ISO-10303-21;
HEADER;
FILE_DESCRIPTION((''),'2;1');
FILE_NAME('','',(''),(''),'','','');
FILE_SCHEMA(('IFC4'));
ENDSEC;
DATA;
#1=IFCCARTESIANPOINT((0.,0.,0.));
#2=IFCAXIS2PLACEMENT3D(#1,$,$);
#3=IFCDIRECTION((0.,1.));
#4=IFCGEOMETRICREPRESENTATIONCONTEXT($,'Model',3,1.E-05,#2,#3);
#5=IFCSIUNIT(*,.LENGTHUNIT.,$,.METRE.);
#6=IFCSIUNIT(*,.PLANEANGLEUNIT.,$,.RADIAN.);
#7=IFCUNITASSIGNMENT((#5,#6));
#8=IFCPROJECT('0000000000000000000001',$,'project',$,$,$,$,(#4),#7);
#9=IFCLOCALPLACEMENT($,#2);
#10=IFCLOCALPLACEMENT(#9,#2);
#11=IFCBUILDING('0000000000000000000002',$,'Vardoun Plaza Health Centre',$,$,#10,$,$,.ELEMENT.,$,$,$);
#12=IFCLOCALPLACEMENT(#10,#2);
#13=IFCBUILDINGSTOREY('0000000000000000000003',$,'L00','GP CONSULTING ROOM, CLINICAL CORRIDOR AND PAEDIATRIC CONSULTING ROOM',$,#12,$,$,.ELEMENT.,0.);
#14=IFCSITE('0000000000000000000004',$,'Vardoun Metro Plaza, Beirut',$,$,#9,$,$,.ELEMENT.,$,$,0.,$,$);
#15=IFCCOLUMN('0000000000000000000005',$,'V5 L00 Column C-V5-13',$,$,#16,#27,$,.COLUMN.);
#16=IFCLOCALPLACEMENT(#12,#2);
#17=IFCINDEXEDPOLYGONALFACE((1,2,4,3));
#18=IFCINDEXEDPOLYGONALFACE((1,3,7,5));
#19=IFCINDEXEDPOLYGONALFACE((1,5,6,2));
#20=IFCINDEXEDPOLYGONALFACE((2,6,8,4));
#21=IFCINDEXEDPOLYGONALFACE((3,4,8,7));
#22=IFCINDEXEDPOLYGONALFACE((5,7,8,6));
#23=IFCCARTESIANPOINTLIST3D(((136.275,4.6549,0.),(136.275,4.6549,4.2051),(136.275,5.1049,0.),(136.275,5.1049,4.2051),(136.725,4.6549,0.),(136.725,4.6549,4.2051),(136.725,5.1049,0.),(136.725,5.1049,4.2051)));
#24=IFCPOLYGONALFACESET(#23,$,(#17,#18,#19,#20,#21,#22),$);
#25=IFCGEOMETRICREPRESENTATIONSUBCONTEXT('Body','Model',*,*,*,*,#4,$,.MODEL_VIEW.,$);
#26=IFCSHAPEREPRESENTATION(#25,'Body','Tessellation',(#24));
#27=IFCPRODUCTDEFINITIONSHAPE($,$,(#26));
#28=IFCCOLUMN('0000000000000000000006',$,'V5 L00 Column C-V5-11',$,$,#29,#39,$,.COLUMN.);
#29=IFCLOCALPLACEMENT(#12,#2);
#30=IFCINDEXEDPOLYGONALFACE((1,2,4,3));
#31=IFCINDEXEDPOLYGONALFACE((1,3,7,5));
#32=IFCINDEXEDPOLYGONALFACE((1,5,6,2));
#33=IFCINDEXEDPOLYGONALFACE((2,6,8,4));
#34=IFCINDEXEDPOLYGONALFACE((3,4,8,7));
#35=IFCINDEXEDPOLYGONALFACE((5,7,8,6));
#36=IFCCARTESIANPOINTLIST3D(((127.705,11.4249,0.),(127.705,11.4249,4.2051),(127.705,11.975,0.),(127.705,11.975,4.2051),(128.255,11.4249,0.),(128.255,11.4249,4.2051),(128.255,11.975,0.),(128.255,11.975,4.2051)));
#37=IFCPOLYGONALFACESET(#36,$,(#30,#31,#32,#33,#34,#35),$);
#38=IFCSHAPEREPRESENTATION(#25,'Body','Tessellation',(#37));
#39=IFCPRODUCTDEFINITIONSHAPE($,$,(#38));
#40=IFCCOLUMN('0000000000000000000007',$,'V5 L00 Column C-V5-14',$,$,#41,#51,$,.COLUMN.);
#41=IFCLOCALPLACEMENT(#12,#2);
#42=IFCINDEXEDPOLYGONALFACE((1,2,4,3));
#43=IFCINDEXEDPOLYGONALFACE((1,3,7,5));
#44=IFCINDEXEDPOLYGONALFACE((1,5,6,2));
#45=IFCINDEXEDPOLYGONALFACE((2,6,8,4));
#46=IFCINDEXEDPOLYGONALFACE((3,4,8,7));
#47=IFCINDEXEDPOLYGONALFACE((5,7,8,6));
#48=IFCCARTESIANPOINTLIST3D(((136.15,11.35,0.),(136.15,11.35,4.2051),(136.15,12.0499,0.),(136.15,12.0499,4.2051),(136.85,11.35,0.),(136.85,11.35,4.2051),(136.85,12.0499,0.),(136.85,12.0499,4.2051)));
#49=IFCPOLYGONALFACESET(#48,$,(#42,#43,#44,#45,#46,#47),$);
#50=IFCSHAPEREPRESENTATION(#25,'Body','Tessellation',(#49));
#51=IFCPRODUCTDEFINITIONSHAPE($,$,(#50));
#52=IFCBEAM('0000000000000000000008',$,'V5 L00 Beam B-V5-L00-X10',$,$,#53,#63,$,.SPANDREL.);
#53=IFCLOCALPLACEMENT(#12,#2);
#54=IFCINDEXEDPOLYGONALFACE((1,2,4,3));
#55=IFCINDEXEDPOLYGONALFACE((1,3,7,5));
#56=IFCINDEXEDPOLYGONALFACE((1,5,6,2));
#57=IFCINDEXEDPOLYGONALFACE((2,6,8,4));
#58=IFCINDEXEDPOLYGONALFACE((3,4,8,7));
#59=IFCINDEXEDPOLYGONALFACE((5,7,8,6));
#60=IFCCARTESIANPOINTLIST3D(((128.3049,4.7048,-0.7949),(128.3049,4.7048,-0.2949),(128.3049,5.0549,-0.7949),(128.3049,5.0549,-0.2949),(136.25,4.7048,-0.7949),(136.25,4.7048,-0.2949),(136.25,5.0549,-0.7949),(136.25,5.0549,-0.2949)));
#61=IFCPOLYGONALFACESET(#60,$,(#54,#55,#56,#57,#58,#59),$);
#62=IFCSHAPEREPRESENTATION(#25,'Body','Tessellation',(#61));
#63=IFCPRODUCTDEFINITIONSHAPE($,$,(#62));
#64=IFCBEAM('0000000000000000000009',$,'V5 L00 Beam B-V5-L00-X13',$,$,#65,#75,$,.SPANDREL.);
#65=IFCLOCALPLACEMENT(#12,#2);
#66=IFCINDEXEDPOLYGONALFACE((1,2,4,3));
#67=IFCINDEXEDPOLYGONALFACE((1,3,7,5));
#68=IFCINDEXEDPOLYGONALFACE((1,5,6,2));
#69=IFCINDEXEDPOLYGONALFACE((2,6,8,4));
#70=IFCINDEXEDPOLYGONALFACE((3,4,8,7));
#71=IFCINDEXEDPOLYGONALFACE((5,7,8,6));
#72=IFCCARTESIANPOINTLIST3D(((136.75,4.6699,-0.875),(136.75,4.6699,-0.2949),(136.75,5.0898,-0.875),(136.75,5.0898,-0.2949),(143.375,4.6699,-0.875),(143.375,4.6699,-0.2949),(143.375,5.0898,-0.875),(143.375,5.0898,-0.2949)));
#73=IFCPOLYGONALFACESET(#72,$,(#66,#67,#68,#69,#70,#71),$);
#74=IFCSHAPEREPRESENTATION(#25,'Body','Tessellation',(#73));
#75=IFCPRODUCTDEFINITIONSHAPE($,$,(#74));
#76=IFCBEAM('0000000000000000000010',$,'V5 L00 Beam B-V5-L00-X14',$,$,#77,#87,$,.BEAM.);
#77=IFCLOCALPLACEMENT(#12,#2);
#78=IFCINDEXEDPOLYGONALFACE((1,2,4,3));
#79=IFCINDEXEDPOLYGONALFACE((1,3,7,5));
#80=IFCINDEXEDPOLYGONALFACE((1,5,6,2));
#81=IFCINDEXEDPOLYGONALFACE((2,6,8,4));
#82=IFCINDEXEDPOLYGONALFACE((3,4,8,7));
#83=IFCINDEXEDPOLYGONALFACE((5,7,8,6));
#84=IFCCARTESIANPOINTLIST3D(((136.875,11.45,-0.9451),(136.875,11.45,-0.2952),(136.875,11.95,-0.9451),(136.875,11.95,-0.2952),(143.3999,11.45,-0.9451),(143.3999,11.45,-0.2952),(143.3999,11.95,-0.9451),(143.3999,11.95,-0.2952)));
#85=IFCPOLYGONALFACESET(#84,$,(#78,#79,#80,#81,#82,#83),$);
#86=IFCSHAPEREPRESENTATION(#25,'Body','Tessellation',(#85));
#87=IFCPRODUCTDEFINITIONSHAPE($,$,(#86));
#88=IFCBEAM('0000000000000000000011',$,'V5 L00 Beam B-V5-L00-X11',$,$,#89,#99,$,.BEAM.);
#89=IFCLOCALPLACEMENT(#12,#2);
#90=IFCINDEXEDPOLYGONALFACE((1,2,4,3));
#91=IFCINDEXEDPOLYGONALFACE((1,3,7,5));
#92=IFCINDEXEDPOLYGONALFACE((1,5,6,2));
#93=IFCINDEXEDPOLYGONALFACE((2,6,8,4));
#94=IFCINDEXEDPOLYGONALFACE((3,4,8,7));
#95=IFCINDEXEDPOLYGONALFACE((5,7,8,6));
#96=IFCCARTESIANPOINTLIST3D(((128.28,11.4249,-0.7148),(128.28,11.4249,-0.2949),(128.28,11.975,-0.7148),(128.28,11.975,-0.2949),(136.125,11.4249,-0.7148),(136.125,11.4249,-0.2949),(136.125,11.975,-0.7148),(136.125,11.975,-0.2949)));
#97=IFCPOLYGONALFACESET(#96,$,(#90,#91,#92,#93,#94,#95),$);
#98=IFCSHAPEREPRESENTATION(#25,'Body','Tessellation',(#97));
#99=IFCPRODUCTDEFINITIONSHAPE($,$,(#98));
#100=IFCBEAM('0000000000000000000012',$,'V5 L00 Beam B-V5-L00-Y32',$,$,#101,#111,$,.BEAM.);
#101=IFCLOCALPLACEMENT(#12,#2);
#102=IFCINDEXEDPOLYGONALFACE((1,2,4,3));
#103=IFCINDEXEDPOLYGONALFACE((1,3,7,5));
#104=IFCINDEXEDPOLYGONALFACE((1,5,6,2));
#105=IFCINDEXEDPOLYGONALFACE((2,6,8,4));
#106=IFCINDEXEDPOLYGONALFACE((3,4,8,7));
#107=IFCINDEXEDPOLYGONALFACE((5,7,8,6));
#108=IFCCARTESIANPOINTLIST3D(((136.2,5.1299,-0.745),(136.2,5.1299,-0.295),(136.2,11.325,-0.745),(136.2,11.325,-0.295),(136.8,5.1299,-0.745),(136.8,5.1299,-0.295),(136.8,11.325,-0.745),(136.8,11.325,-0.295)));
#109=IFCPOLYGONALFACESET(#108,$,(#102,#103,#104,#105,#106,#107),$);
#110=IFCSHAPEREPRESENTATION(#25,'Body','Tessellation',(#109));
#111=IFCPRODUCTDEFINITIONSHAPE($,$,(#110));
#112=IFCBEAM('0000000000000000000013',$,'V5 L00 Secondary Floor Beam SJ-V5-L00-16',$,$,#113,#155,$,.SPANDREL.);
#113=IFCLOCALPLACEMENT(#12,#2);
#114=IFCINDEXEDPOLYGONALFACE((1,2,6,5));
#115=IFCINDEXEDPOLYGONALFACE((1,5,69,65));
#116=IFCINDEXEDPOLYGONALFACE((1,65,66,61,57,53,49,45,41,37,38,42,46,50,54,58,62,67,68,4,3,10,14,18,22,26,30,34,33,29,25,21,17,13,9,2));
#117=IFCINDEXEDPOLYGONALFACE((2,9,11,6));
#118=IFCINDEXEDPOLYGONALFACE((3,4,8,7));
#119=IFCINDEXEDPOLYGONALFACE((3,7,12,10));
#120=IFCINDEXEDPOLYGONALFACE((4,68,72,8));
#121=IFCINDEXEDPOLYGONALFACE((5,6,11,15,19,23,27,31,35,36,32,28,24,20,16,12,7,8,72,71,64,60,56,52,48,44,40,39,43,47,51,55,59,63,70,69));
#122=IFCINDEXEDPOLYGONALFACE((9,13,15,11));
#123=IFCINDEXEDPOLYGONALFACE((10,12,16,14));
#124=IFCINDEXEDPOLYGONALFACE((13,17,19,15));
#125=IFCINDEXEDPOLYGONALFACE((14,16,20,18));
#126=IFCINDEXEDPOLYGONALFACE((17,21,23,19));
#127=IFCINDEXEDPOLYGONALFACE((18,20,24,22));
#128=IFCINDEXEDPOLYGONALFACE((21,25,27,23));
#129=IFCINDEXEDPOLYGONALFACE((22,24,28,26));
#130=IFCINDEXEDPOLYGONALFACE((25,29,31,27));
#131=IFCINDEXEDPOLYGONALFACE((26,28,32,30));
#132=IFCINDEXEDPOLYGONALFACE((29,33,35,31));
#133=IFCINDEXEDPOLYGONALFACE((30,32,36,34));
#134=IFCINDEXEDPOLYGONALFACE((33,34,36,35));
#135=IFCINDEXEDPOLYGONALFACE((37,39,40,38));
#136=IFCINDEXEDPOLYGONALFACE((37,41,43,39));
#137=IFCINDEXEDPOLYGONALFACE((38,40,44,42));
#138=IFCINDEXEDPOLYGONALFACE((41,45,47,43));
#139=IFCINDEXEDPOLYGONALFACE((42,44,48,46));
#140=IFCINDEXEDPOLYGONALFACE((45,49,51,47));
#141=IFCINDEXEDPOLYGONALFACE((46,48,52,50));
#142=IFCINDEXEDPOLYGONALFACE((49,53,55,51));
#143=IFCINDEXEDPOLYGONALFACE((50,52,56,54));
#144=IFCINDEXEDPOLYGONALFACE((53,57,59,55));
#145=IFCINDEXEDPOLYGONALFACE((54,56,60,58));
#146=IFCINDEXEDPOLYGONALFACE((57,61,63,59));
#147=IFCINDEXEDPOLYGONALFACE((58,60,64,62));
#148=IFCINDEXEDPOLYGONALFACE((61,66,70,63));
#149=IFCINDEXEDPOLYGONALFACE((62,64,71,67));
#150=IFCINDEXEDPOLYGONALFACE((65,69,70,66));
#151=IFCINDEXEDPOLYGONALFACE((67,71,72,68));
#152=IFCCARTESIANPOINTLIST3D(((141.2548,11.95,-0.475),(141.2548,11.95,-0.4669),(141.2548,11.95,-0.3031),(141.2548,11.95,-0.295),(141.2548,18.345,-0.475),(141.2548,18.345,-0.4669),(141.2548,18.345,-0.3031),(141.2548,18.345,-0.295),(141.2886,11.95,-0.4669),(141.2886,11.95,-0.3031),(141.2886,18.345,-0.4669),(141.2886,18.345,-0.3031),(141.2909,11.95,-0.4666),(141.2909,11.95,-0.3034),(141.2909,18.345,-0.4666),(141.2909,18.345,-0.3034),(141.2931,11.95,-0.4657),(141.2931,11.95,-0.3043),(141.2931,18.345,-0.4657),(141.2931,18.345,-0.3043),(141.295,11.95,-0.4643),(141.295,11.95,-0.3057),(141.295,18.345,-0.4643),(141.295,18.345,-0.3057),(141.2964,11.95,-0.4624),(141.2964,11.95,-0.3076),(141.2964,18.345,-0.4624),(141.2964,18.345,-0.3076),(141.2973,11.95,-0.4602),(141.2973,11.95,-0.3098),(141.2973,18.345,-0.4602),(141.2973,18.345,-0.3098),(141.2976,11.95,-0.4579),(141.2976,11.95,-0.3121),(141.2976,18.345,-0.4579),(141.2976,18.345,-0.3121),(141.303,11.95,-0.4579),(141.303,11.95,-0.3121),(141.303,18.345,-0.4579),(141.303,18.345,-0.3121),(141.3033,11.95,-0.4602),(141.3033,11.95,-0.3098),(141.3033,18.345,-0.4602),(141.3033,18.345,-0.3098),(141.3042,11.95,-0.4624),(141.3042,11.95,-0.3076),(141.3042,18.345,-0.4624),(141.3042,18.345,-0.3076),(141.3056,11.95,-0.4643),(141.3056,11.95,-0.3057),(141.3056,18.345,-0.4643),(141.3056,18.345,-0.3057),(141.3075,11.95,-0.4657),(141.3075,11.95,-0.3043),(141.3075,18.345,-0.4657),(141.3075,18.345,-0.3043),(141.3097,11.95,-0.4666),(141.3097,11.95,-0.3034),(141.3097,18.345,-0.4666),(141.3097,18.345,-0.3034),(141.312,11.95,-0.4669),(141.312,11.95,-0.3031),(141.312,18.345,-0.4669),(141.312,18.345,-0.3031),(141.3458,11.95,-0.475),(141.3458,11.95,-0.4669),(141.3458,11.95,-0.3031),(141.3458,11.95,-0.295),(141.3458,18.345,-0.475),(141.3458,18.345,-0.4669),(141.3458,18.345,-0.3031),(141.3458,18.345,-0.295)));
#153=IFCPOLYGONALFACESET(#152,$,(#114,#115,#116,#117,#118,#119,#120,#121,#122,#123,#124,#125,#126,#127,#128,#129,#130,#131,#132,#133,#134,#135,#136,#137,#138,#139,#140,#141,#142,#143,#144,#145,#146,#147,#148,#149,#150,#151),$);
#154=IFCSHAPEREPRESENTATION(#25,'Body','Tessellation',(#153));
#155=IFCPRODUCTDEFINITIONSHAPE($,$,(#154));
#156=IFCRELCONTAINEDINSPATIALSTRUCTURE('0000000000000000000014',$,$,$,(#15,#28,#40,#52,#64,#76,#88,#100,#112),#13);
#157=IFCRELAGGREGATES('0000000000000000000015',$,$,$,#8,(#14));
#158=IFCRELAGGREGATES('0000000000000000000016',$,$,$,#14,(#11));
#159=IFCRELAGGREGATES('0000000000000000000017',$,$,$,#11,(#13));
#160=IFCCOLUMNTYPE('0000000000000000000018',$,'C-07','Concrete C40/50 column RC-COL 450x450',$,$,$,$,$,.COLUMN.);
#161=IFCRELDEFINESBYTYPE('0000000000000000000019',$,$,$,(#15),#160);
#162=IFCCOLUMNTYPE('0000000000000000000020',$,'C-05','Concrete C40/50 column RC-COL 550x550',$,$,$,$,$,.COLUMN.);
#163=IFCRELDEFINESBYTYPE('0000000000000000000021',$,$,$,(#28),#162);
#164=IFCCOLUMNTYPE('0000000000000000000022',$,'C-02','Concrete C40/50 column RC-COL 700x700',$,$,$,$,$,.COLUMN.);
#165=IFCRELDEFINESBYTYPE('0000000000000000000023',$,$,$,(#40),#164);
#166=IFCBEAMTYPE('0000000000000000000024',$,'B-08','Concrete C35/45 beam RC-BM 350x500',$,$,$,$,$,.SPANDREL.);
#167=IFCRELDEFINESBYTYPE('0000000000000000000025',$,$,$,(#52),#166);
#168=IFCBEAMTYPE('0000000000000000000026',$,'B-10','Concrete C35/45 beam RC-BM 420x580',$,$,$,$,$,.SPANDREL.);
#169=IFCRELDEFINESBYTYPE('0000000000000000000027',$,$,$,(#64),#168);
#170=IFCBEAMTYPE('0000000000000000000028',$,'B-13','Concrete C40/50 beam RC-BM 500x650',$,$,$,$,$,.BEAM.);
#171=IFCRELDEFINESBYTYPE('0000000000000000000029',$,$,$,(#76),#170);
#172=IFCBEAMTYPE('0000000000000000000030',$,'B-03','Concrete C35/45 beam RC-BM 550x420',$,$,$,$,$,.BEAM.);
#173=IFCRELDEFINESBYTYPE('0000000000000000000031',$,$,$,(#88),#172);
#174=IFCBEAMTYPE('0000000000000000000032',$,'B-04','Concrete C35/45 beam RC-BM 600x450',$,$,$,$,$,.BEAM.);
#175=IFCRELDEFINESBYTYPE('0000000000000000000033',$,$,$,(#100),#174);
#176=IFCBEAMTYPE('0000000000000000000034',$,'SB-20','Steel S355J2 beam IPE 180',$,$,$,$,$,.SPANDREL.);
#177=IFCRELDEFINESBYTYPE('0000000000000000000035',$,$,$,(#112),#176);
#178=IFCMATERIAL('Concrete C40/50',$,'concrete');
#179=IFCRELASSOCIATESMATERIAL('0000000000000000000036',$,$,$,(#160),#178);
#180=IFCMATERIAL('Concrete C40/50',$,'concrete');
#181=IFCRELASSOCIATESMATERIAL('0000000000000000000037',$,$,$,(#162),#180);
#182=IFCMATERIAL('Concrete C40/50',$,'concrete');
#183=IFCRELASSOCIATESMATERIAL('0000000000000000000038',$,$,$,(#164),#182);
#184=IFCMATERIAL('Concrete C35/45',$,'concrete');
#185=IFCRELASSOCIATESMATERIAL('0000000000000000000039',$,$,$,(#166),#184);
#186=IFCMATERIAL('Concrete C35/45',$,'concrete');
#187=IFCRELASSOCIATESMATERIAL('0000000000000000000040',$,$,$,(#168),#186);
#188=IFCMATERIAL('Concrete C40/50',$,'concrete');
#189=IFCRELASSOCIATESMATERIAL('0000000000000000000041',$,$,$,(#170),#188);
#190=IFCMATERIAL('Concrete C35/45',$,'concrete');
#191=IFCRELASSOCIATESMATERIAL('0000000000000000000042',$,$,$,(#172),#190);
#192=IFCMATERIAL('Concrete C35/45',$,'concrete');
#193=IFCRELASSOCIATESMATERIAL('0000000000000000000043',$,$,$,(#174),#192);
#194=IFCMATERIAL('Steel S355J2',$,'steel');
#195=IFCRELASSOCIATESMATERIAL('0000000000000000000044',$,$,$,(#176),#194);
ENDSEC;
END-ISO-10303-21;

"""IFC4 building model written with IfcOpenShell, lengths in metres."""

from ifc_helpers import new_model, si_unit, direction, frame, origin, origin_2d, place, context, subcontext, project, spatial, rectangle, i_section, extrude, material, material_profile, profile_set, type_object, element, save


model = new_model("IFC4")

# Units and contexts
model_context = context("Model", 3, precision=1e-05, world=origin(), true_north=direction((0.0, 1.0)))
body_context = subcontext(model_context, "Body", "Model", "MODEL_VIEW")
ifc_project = project(units=[si_unit("LENGTHUNIT", "METRE"), si_unit("PLANEANGLEUNIT", "RADIAN")], contexts=[model_context])

# Site, building, storey
site_placement = place(None, origin())
site = spatial("IfcSite", under=ifc_project, at=site_placement, Name="Vardoun Metro Plaza, Beirut", CompositionType="ELEMENT", RefElevation=0.0)
building_placement = place(site_placement, origin())
building = spatial("IfcBuilding", under=site, at=building_placement, Name="Vardoun Plaza Health Centre", CompositionType="ELEMENT")
storey_placement = place(building_placement, origin())
storey = spatial("IfcBuildingStorey", under=building, at=storey_placement, Name="L00", Description="GP CONSULTING ROOM, CLINICAL CORRIDOR AND PAEDIATRIC CONSULTING ROOM", CompositionType="ELEMENT", Elevation=0.0)

# Columns
ifc_material_1 = material(Name="Concrete C40/50", Category="concrete")
ifc_material_profile_1 = material_profile(ifc_material_1, rectangle(XDim=0.45, YDim=0.45, at=origin_2d()), Name="RC-COL 450x450")
ifc_profile_set_1 = profile_set([ifc_material_profile_1], Name="Concrete C40/50")
column_type_1 = type_object("IfcColumnType", Name="C-07", Description="Concrete C40/50 column RC-COL 450x450", PredefinedType="COLUMN", material=ifc_profile_set_1)
column_1_placement = place(storey_placement, frame((136.5, 4.8799, 0.0), z_axis=(0.0, 0.0, 1.0), x_axis=(1.0, 0.0, 0.0)))
element("IfcColumn", 1, at=column_1_placement, inside=storey, type_object=column_type_1, Name="V5 L00 Column C-V5-13", PredefinedType="COLUMN", context=body_context, shape_type="SweptSolid", body=[
    extrude(rectangle(XDim=0.45, YDim=0.45, at=origin_2d()), origin(), (0.0, 0.0, 1.0), 4.2051),
])
ifc_material_2 = material(Name="Concrete C40/50", Category="concrete")
ifc_material_profile_2 = material_profile(ifc_material_2, rectangle(XDim=0.55, YDim=0.55, at=origin_2d()), Name="RC-COL 550x550")
ifc_profile_set_2 = profile_set([ifc_material_profile_2], Name="Concrete C40/50")
column_type_2 = type_object("IfcColumnType", Name="C-05", Description="Concrete C40/50 column RC-COL 550x550", PredefinedType="COLUMN", material=ifc_profile_set_2)
column_2_placement = place(storey_placement, frame((127.98, 11.7, 0.0), z_axis=(0.0, 0.0, 1.0), x_axis=(1.0, 0.0, 0.0)))
element("IfcColumn", 2, at=column_2_placement, inside=storey, type_object=column_type_2, Name="V5 L00 Column C-V5-11", PredefinedType="COLUMN", context=body_context, shape_type="SweptSolid", body=[
    extrude(rectangle(XDim=0.55, YDim=0.55, at=origin_2d()), origin(), (0.0, 0.0, 1.0), 4.2051),
])
ifc_material_3 = material(Name="Concrete C40/50", Category="concrete")
ifc_material_profile_3 = material_profile(ifc_material_3, rectangle(XDim=0.7, YDim=0.7, at=origin_2d()), Name="RC-COL 700x700")
ifc_profile_set_3 = profile_set([ifc_material_profile_3], Name="Concrete C40/50")
column_type_3 = type_object("IfcColumnType", Name="C-02", Description="Concrete C40/50 column RC-COL 700x700", PredefinedType="COLUMN", material=ifc_profile_set_3)
column_3_placement = place(storey_placement, frame((136.5, 11.7, 0.0), z_axis=(0.0, 0.0, 1.0), x_axis=(1.0, 0.0, 0.0)))
element("IfcColumn", 3, at=column_3_placement, inside=storey, type_object=column_type_3, Name="V5 L00 Column C-V5-14", PredefinedType="COLUMN", context=body_context, shape_type="SweptSolid", body=[
    extrude(rectangle(XDim=0.7, YDim=0.7, at=origin_2d()), origin(), (0.0, 0.0, 1.0), 4.2051),
])

# Beams
ifc_material_4 = material(Name="Concrete C35/45", Category="concrete")
ifc_material_profile_4 = material_profile(ifc_material_4, rectangle(XDim=0.3501, YDim=0.5, at=origin_2d()), Name="RC-BM 350x500")
ifc_profile_set_4 = profile_set([ifc_material_profile_4], Name="Concrete C35/45")
beam_type_1 = type_object("IfcBeamType", Name="B-08", Description="Concrete C35/45 beam RC-BM 350x500", PredefinedType="SPANDREL", material=ifc_profile_set_4)
beam_1_placement = place(storey_placement, frame((128.3049, 4.8799, -0.5449), z_axis=(1.0, 0.0, 0.0), x_axis=(0.0, 1.0, 0.0)))
element("IfcBeam", 4, at=beam_1_placement, inside=storey, type_object=beam_type_1, Name="V5 L00 Beam B-V5-L00-X10", PredefinedType="SPANDREL", context=body_context, shape_type="SweptSolid", body=[
    extrude(rectangle(XDim=0.3501, YDim=0.5, at=origin_2d()), origin(), (0.0, 0.0, 1.0), 7.9451),
])
ifc_material_5 = material(Name="Concrete C35/45", Category="concrete")
ifc_material_profile_5 = material_profile(ifc_material_5, rectangle(XDim=0.4199, YDim=0.5801, at=origin_2d()), Name="RC-BM 420x580")
ifc_profile_set_5 = profile_set([ifc_material_profile_5], Name="Concrete C35/45")
beam_type_2 = type_object("IfcBeamType", Name="B-10", Description="Concrete C35/45 beam RC-BM 420x580", PredefinedType="SPANDREL", material=ifc_profile_set_5)
beam_2_placement = place(storey_placement, frame((136.75, 4.8799, -0.585), z_axis=(1.0, 0.0, 0.0), x_axis=(0.0, 1.0, 0.0)))
element("IfcBeam", 5, at=beam_2_placement, inside=storey, type_object=beam_type_2, Name="V5 L00 Beam B-V5-L00-X13", PredefinedType="SPANDREL", context=body_context, shape_type="SweptSolid", body=[
    extrude(rectangle(XDim=0.4199, YDim=0.5801, at=origin_2d()), origin(), (0.0, 0.0, 1.0), 6.625),
])
ifc_material_6 = material(Name="Concrete C40/50", Category="concrete")
ifc_material_profile_6 = material_profile(ifc_material_6, rectangle(XDim=0.5, YDim=0.6499, at=origin_2d()), Name="RC-BM 500x650")
ifc_profile_set_6 = profile_set([ifc_material_profile_6], Name="Concrete C40/50")
beam_type_3 = type_object("IfcBeamType", Name="B-13", Description="Concrete C40/50 beam RC-BM 500x650", PredefinedType="BEAM", material=ifc_profile_set_6)
beam_3_placement = place(storey_placement, frame((136.875, 11.7, -0.6201), z_axis=(1.0, 0.0, 0.0), x_axis=(0.0, 1.0, 0.0)))
element("IfcBeam", 6, at=beam_3_placement, inside=storey, type_object=beam_type_3, Name="V5 L00 Beam B-V5-L00-X14", PredefinedType="BEAM", context=body_context, shape_type="SweptSolid", body=[
    extrude(rectangle(XDim=0.5, YDim=0.6499, at=origin_2d()), origin(), (0.0, 0.0, 1.0), 6.5249),
])
ifc_material_7 = material(Name="Concrete C35/45", Category="concrete")
ifc_material_profile_7 = material_profile(ifc_material_7, rectangle(XDim=0.55, YDim=0.4199, at=origin_2d()), Name="RC-BM 550x420")
ifc_profile_set_7 = profile_set([ifc_material_profile_7], Name="Concrete C35/45")
beam_type_4 = type_object("IfcBeamType", Name="B-03", Description="Concrete C35/45 beam RC-BM 550x420", PredefinedType="BEAM", material=ifc_profile_set_7)
beam_4_placement = place(storey_placement, frame((128.28, 11.7, -0.5049), z_axis=(1.0, 0.0, 0.0), x_axis=(0.0, 1.0, 0.0)))
element("IfcBeam", 7, at=beam_4_placement, inside=storey, type_object=beam_type_4, Name="V5 L00 Beam B-V5-L00-X11", PredefinedType="BEAM", context=body_context, shape_type="SweptSolid", body=[
    extrude(rectangle(XDim=0.55, YDim=0.4199, at=origin_2d()), origin(), (0.0, 0.0, 1.0), 7.845),
])
ifc_material_8 = material(Name="Concrete C35/45", Category="concrete")
ifc_material_profile_8 = material_profile(ifc_material_8, rectangle(XDim=0.6001, YDim=0.45, at=origin_2d()), Name="RC-BM 600x450")
ifc_profile_set_8 = profile_set([ifc_material_profile_8], Name="Concrete C35/45")
beam_type_5 = type_object("IfcBeamType", Name="B-04", Description="Concrete C35/45 beam RC-BM 600x450", PredefinedType="BEAM", material=ifc_profile_set_8)
beam_5_placement = place(storey_placement, frame((136.5, 5.1299, -0.52), z_axis=(0.0, 1.0, 0.0), x_axis=(-1.0, 0.0, 0.0)))
element("IfcBeam", 8, at=beam_5_placement, inside=storey, type_object=beam_type_5, Name="V5 L00 Beam B-V5-L00-Y32", PredefinedType="BEAM", context=body_context, shape_type="SweptSolid", body=[
    extrude(rectangle(XDim=0.6001, YDim=0.45, at=origin_2d()), origin(), (0.0, 0.0, 1.0), 6.1951),
])
ifc_material_9 = material(Name="Steel S355J2", Category="steel")
ifc_material_profile_9 = material_profile(ifc_material_9, i_section(OverallWidth=0.0911, OverallDepth=0.1799, WebThickness=0.0054, FlangeThickness=0.0081, FilletRadius=0.009, at=origin_2d()), Name="IPE 180")
ifc_profile_set_9 = profile_set([ifc_material_profile_9], Name="Steel S355J2")
beam_type_6 = type_object("IfcBeamType", Name="SB-20", Description="Steel S355J2 beam IPE 180", PredefinedType="SPANDREL", material=ifc_profile_set_9)
beam_6_placement = place(storey_placement, frame((141.3003, 11.95, -0.385), z_axis=(0.0, 1.0, 0.0), x_axis=(-1.0, 0.0, 0.0)))
element("IfcBeam", 9, at=beam_6_placement, inside=storey, type_object=beam_type_6, Name="V5 L00 Secondary Floor Beam SJ-V5-L00-16", PredefinedType="SPANDREL", context=body_context, shape_type="SweptSolid", body=[
    extrude(i_section(OverallWidth=0.0911, OverallDepth=0.1799, WebThickness=0.0054, FlangeThickness=0.0081, FilletRadius=0.009, at=origin_2d()), origin(), (0.0, 0.0, 1.0), 6.395),
])

save(model, "model.ifc")
